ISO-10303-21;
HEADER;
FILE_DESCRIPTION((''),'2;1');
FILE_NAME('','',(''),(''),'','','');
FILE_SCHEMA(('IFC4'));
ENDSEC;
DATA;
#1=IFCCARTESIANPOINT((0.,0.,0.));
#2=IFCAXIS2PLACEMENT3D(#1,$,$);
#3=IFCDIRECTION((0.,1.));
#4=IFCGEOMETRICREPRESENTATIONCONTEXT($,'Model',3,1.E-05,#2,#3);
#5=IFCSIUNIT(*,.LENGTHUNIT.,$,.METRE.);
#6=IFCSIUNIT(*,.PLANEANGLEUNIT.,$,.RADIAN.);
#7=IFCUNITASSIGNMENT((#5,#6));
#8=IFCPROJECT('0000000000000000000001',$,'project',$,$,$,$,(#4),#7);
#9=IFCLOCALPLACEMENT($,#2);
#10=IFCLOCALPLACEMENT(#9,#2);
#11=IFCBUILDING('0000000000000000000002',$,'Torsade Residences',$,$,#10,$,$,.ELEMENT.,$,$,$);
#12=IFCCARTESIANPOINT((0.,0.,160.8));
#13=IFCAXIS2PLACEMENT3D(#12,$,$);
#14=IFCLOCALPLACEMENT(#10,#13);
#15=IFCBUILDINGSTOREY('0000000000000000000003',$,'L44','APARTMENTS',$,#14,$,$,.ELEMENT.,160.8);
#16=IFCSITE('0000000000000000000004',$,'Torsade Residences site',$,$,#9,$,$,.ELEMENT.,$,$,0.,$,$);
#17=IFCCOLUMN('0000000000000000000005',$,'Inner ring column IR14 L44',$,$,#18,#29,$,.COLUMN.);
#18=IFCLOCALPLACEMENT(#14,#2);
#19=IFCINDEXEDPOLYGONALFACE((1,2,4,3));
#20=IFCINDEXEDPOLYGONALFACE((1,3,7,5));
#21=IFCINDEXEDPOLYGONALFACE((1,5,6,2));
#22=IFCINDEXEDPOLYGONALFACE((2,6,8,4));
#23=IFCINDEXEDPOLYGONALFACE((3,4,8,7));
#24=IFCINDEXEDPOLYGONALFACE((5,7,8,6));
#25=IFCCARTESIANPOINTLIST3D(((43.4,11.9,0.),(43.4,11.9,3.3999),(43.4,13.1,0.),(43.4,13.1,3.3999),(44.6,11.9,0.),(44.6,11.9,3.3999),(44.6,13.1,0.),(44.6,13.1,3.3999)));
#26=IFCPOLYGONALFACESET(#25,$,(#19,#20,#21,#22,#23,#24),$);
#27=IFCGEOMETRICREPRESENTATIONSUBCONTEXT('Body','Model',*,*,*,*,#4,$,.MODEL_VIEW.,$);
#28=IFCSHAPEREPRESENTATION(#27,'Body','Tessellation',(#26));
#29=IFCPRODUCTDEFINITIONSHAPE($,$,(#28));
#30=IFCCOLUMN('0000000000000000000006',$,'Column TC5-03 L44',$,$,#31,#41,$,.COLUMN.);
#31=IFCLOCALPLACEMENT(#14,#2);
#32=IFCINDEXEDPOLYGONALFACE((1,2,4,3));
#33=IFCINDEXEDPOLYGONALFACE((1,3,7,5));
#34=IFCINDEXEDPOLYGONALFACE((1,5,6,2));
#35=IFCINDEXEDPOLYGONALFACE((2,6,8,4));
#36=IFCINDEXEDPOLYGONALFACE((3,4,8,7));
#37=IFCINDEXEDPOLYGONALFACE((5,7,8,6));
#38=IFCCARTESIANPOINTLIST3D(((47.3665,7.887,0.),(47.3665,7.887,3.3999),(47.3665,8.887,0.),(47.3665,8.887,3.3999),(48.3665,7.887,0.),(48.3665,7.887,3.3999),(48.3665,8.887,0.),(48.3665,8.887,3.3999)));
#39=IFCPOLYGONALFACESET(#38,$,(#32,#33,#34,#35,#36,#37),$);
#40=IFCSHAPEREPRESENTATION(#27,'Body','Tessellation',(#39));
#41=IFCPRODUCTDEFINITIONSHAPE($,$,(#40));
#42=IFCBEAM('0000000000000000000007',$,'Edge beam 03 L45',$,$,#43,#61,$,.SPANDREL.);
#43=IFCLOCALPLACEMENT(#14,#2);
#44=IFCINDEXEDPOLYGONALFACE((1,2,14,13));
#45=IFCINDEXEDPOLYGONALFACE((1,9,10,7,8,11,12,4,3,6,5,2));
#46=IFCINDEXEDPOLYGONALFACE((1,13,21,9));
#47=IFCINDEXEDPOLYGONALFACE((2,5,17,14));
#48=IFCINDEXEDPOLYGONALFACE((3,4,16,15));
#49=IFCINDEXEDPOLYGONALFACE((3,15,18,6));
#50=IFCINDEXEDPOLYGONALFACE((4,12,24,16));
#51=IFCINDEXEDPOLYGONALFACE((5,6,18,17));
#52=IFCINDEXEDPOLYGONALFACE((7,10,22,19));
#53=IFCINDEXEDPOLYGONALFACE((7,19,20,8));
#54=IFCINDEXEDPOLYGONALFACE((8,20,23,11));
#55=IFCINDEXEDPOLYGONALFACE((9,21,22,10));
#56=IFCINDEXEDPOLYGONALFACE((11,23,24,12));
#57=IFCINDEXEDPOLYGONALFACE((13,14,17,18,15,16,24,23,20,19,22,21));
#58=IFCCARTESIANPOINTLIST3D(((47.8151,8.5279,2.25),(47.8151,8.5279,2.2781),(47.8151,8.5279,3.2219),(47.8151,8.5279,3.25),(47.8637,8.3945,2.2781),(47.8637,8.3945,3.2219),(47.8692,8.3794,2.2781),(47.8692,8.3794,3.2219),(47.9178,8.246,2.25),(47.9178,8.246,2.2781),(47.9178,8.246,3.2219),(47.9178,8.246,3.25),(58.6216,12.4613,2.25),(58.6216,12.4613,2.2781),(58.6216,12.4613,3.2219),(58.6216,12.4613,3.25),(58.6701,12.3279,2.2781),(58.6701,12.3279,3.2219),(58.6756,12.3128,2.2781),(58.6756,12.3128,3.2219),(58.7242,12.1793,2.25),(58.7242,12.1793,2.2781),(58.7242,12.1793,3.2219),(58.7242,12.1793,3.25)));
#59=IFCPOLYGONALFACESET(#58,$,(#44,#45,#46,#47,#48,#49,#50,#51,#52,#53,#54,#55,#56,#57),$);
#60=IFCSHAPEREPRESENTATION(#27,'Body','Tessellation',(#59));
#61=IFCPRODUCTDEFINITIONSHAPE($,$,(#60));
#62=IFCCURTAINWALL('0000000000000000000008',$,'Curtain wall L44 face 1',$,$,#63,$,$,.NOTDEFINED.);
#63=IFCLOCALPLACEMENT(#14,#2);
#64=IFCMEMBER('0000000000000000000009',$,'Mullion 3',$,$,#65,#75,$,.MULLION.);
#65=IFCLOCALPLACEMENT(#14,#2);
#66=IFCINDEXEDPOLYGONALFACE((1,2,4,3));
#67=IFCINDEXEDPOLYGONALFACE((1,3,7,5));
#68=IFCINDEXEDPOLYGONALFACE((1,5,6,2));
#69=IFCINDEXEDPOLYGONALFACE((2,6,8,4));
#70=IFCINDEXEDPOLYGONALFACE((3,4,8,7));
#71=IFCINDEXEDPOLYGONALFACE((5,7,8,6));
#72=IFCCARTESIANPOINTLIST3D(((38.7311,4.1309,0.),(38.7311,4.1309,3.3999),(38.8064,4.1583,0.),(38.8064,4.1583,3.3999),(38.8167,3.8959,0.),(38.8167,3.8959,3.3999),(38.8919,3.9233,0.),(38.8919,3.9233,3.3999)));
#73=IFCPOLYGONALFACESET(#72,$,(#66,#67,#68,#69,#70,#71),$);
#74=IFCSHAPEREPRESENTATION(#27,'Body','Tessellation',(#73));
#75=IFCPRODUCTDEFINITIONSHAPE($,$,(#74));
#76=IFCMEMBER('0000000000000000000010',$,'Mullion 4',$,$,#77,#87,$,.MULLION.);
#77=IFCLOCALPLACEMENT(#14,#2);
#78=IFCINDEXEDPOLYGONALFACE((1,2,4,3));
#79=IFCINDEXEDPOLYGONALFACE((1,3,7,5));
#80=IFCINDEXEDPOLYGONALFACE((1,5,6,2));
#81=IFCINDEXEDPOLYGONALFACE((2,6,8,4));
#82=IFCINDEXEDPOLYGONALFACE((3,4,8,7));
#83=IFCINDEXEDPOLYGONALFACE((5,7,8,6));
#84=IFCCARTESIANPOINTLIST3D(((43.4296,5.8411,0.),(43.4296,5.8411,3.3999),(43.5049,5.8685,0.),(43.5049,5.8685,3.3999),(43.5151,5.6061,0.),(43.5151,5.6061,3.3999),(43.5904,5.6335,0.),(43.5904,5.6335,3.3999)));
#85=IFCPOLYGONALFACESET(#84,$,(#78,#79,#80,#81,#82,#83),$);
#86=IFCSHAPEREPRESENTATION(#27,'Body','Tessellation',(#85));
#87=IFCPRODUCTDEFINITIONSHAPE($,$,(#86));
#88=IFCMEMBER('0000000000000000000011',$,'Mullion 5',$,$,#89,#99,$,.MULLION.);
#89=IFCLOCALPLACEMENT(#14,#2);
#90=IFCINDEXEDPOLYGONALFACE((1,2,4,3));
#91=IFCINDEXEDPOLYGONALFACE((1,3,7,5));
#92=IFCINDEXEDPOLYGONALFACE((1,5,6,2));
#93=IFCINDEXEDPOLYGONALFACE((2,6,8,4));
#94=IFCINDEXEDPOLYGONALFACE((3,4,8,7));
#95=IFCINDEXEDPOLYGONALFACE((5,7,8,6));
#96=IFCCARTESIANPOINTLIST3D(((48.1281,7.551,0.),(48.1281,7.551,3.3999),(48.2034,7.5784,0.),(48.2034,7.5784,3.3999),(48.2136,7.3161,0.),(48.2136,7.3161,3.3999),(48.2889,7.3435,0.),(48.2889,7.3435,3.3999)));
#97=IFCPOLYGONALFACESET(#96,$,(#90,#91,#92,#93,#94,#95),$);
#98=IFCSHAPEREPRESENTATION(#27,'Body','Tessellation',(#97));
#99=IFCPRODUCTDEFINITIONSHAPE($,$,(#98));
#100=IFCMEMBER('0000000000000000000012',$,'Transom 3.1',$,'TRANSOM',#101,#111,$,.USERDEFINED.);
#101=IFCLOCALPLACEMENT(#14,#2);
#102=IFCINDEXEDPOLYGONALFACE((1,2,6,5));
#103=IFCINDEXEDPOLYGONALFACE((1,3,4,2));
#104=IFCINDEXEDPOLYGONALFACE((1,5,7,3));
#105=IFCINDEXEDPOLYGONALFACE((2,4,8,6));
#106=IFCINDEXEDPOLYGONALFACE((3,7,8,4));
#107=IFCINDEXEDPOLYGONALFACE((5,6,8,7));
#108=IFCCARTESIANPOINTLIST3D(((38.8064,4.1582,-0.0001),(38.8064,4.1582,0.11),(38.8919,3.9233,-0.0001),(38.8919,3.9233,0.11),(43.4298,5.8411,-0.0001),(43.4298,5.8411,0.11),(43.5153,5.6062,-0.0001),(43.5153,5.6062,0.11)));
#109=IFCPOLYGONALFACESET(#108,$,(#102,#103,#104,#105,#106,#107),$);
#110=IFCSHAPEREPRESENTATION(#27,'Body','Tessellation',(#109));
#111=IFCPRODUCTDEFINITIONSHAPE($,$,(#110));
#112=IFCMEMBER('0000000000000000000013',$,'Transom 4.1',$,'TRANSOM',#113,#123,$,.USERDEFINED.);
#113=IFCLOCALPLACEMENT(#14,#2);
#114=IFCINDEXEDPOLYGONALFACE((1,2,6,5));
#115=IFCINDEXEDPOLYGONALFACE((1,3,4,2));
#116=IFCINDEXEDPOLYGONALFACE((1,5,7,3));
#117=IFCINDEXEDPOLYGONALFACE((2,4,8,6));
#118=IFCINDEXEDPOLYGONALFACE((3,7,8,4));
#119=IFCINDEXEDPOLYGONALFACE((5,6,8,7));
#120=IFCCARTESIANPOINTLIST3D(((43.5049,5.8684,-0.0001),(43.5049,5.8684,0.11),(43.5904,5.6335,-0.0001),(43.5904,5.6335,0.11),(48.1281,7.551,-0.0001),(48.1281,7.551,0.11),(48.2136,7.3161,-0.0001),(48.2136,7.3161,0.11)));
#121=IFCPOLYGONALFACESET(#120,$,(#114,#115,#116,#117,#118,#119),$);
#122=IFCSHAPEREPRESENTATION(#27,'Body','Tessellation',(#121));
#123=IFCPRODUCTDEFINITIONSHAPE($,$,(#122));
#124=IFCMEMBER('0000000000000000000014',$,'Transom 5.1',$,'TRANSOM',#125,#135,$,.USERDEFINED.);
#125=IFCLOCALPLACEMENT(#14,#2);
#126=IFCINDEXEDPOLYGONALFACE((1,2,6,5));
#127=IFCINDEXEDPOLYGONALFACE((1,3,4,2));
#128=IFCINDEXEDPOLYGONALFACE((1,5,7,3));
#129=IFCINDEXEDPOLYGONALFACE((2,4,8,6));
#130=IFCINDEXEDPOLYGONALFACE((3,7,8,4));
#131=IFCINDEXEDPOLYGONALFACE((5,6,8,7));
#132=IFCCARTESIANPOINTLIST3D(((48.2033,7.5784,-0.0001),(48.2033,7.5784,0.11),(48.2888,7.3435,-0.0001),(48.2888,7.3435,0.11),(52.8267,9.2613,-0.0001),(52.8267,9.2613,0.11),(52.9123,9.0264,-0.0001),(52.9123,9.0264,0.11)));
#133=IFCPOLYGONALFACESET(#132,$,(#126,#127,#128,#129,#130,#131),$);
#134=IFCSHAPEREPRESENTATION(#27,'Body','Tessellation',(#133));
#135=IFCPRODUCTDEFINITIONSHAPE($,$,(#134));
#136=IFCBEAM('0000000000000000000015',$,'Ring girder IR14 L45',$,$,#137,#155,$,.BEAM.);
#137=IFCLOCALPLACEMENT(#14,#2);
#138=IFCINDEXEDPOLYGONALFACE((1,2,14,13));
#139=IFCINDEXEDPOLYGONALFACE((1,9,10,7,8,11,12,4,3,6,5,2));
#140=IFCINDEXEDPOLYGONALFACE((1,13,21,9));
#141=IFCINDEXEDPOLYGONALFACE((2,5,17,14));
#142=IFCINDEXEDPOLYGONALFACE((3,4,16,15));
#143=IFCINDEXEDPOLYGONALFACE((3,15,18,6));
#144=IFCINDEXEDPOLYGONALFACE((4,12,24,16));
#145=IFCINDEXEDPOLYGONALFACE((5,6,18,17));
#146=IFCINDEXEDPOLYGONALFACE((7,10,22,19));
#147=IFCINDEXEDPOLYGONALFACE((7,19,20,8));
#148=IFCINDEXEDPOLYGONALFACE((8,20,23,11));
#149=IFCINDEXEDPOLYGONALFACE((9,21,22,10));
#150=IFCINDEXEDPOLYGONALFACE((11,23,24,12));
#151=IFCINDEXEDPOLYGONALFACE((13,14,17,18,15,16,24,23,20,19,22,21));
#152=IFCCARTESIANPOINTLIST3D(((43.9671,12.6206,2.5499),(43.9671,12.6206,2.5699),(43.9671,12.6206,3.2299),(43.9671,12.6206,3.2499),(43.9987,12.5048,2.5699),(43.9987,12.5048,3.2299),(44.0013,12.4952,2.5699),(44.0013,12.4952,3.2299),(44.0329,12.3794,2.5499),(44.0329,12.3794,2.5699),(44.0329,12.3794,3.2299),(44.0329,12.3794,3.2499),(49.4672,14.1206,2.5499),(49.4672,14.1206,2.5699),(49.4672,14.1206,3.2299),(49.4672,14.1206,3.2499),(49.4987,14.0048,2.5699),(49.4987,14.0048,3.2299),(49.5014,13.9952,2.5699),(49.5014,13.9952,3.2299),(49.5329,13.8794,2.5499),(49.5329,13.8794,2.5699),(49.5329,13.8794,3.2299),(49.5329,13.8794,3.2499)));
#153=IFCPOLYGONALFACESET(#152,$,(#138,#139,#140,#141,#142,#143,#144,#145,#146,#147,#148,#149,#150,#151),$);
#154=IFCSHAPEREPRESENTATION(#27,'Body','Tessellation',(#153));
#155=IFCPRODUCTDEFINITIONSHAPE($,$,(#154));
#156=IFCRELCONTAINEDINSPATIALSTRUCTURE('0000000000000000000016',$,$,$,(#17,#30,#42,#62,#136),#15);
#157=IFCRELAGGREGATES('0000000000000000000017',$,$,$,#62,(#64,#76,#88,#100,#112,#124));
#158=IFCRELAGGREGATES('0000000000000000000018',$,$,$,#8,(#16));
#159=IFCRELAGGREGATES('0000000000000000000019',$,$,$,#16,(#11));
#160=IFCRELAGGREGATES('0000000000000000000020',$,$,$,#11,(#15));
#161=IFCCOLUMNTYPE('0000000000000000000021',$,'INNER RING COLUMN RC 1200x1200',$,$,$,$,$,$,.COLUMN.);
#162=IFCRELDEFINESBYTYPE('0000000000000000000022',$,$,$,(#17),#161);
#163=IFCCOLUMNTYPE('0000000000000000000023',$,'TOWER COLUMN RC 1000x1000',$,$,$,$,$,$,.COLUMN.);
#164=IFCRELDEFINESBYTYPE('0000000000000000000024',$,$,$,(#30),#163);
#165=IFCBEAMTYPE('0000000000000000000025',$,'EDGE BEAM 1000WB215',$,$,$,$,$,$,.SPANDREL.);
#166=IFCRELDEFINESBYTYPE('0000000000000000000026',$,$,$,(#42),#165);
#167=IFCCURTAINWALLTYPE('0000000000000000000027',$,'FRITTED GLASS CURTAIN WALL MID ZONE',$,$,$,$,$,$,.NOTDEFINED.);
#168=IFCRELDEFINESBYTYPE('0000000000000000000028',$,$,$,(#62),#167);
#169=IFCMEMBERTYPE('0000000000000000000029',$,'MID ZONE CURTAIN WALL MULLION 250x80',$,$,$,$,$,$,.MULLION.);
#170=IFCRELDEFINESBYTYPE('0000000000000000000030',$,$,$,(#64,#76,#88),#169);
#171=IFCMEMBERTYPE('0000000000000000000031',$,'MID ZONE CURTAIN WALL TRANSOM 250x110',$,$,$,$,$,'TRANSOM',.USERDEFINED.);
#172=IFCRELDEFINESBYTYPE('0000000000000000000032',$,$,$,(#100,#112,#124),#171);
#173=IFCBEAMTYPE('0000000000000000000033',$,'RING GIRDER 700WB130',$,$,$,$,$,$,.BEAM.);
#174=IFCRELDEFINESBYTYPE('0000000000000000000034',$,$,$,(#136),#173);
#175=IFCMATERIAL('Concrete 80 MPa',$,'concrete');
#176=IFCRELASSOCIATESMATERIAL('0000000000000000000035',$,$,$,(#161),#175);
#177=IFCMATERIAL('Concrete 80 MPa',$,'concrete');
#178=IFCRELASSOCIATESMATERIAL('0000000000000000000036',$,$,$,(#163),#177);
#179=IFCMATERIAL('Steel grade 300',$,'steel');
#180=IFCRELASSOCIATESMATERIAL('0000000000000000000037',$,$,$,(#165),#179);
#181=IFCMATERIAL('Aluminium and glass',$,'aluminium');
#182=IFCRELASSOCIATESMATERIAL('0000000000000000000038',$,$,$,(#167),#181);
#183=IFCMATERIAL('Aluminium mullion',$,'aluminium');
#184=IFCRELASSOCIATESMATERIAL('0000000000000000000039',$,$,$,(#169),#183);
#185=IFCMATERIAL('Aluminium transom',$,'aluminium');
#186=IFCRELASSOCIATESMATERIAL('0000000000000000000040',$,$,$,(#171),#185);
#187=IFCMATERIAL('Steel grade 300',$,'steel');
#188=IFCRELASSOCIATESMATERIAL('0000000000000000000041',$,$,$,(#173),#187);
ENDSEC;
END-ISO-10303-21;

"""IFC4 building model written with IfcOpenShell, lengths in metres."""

from ifc_helpers import new_model, si_unit, direction, frame, origin, origin_2d, place, context, subcontext, project, spatial, rectangle, i_section, extrude, material, material_profile, profile_set, type_object, element, aggregate, save


model = new_model("IFC4")

# Units and contexts
model_context = context("Model", 3, precision=1e-05, world=origin(), true_north=direction((0.0, 1.0)))
body_context = subcontext(model_context, "Body", "Model", "MODEL_VIEW")
ifc_project = project(units=[si_unit("LENGTHUNIT", "METRE"), si_unit("PLANEANGLEUNIT", "RADIAN")], contexts=[model_context])

# Site, building, storey
site_placement = place(None, origin())
site = spatial("IfcSite", under=ifc_project, at=site_placement, Name="Torsade Residences site", CompositionType="ELEMENT", RefElevation=0.0)
building_placement = place(site_placement, origin())
building = spatial("IfcBuilding", under=site, at=building_placement, Name="Torsade Residences", CompositionType="ELEMENT")
storey_placement = place(building_placement, frame((0.0, 0.0, 160.8)))
storey = spatial("IfcBuildingStorey", under=building, at=storey_placement, Name="L44", Description="APARTMENTS", CompositionType="ELEMENT", Elevation=160.8)

# Columns
ifc_material_1 = material(Name="Concrete 80 MPa", Category="concrete")
ifc_material_profile_1 = material_profile(ifc_material_1, rectangle(XDim=1.2, YDim=1.2, at=origin_2d()), Name="RC 1200x1200")
ifc_profile_set_1 = profile_set([ifc_material_profile_1], Name="Concrete 80 MPa")
column_type_1 = type_object("IfcColumnType", Name="INNER RING COLUMN RC 1200x1200", PredefinedType="COLUMN", material=ifc_profile_set_1)
column_1_placement = place(storey_placement, frame((44.0, 12.5, 0.0), z_axis=(0.0, 0.0, 1.0), x_axis=(1.0, 0.0, 0.0)))
element("IfcColumn", 1, at=column_1_placement, inside=storey, type_object=column_type_1, Name="Inner ring column IR14 L44", PredefinedType="COLUMN", context=body_context, shape_type="SweptSolid", body=[
    extrude(rectangle(XDim=1.2, YDim=1.2, at=origin_2d()), origin(), (0.0, 0.0, 1.0), 3.3999),
])
ifc_material_2 = material(Name="Concrete 80 MPa", Category="concrete")
ifc_material_profile_2 = material_profile(ifc_material_2, rectangle(XDim=1.0, YDim=1.0, at=origin_2d()), Name="RC 1000x1000")
ifc_profile_set_2 = profile_set([ifc_material_profile_2], Name="Concrete 80 MPa")
column_type_2 = type_object("IfcColumnType", Name="TOWER COLUMN RC 1000x1000", PredefinedType="COLUMN", material=ifc_profile_set_2)
column_2_placement = place(storey_placement, frame((47.8665, 8.387, 0.0), z_axis=(0.0, 0.0, 1.0), x_axis=(1.0, 0.0, 0.0)))
element("IfcColumn", 2, at=column_2_placement, inside=storey, type_object=column_type_2, Name="Column TC5-03 L44", PredefinedType="COLUMN", context=body_context, shape_type="SweptSolid", body=[
    extrude(rectangle(XDim=1.0, YDim=1.0, at=origin_2d()), origin(), (0.0, 0.0, 1.0), 3.3999),
])

# Beam
ifc_material_3 = material(Name="Steel grade 300", Category="steel")
ifc_material_profile_3 = material_profile(ifc_material_3, i_section(OverallWidth=0.3, OverallDepth=1.0, WebThickness=0.0161, FlangeThickness=0.0281, at=origin_2d()), Name="1000WB215")
ifc_profile_set_3 = profile_set([ifc_material_profile_3], Name="Steel grade 300")
beam_type_1 = type_object("IfcBeamType", Name="EDGE BEAM 1000WB215", PredefinedType="SPANDREL", material=ifc_profile_set_3)
beam_1_placement = place(storey_placement, frame((47.8665, 8.387, 2.75), z_axis=(0.939689, 0.342031, 0.0), x_axis=(-0.342031, 0.939689, 0.0)))
element("IfcBeam", 3, at=beam_1_placement, inside=storey, type_object=beam_type_1, Name="Edge beam 03 L45", PredefinedType="SPANDREL", context=body_context, shape_type="SweptSolid", body=[
    extrude(i_section(OverallWidth=0.3, OverallDepth=1.0, WebThickness=0.0161, FlangeThickness=0.0281, at=origin_2d()), origin(), (0.0, 0.0, 1.0), 11.5),
])

# Curtain wall, members
ifc_material_4 = material(Name="Aluminium and glass", Category="aluminium")
curtain_wall_type = type_object("IfcCurtainWallType", Name="FRITTED GLASS CURTAIN WALL MID ZONE", PredefinedType="NOTDEFINED", material=ifc_material_4)
curtain_wall_placement = place(storey_placement, origin())
curtain_wall = element("IfcCurtainWall", 4, at=curtain_wall_placement, inside=storey, type_object=curtain_wall_type, Name="Curtain wall L44 face 1", PredefinedType="NOTDEFINED")
ifc_material_5 = material(Name="Aluminium mullion", Category="aluminium")
ifc_material_profile_4 = material_profile(ifc_material_5, rectangle(XDim=0.25, YDim=0.0801, at=origin_2d()), Name="MID ZONE CURTAIN WALL MULLION 250x80")
ifc_profile_set_4 = profile_set([ifc_material_profile_4], Name="Aluminium mullion")
member_type_1 = type_object("IfcMemberType", Name="MID ZONE CURTAIN WALL MULLION 250x80", PredefinedType="MULLION", material=ifc_profile_set_4)
member_1_placement = place(storey_placement, frame((38.8115, 4.0271, 0.0), z_axis=(0.0, 0.0, 1.0), x_axis=(-0.34202, 0.939693, 0.0)))
member_1 = element("IfcMember", 5, at=member_1_placement, type_object=member_type_1, Name="Mullion 3", PredefinedType="MULLION", context=body_context, shape_type="SweptSolid", body=[
    extrude(rectangle(XDim=0.25, YDim=0.0801, at=origin_2d()), origin(), (0.0, 0.0, 1.0), 3.3999),
])
member_2_placement = place(storey_placement, frame((43.51, 5.7373, 0.0), z_axis=(0.0, 0.0, 1.0), x_axis=(-0.34202, 0.939693, 0.0)))
member_2 = element("IfcMember", 6, at=member_2_placement, type_object=member_type_1, Name="Mullion 4", PredefinedType="MULLION", context=body_context, shape_type="SweptSolid", body=[
    extrude(rectangle(XDim=0.25, YDim=0.0801, at=origin_2d()), origin(), (0.0, 0.0, 1.0), 3.3999),
])
member_3_placement = place(storey_placement, frame((48.2085, 7.4473, 0.0), z_axis=(0.0, 0.0, 1.0), x_axis=(-0.34202, 0.939693, 0.0)))
member_3 = element("IfcMember", 7, at=member_3_placement, type_object=member_type_1, Name="Mullion 5", PredefinedType="MULLION", context=body_context, shape_type="SweptSolid", body=[
    extrude(rectangle(XDim=0.25, YDim=0.0801, at=origin_2d()), origin(), (0.0, 0.0, 1.0), 3.3999),
])
ifc_material_6 = material(Name="Aluminium transom", Category="aluminium")
ifc_material_profile_5 = material_profile(ifc_material_6, rectangle(XDim=0.25, YDim=0.1101, at=origin_2d()), Name="MID ZONE CURTAIN WALL TRANSOM 250x110")
ifc_profile_set_5 = profile_set([ifc_material_profile_5], Name="Aluminium transom")
member_type_2 = type_object("IfcMemberType", Name="MID ZONE CURTAIN WALL TRANSOM 250x110", ElementType="TRANSOM", PredefinedType="USERDEFINED", material=ifc_profile_set_5)
member_4_placement = place(storey_placement, frame((38.8491, 4.0408, 0.0549), z_axis=(0.939685, 0.342042, 0.0), x_axis=(-0.342042, 0.939685, 0.0)))
member_4 = element("IfcMember", 8, at=member_4_placement, type_object=member_type_2, Name="Transom 3.1", ObjectType="TRANSOM", PredefinedType="USERDEFINED", context=body_context, shape_type="SweptSolid", body=[
    extrude(rectangle(XDim=0.25, YDim=0.1101, at=origin_2d()), origin(), (0.0, 0.0, 1.0), 4.9202),
])
member_5_placement = place(storey_placement, frame((43.5476, 5.751, 0.0549), z_axis=(0.939701, 0.341998, 0.0), x_axis=(-0.341998, 0.939701, 0.0)))
member_5 = element("IfcMember", 9, at=member_5_placement, type_object=member_type_2, Name="Transom 4.1", ObjectType="TRANSOM", PredefinedType="USERDEFINED", context=body_context, shape_type="SweptSolid", body=[
    extrude(rectangle(XDim=0.25, YDim=0.1101, at=origin_2d()), origin(), (0.0, 0.0, 1.0), 4.9199),
])
member_6_placement = place(storey_placement, frame((48.2461, 7.4609, 0.0549), z_axis=(0.939685, 0.342042, 0.0), x_axis=(-0.342042, 0.939685, 0.0)))
member_6 = element("IfcMember", 10, at=member_6_placement, type_object=member_type_2, Name="Transom 5.1", ObjectType="TRANSOM", PredefinedType="USERDEFINED", context=body_context, shape_type="SweptSolid", body=[
    extrude(rectangle(XDim=0.25, YDim=0.1101, at=origin_2d()), origin(), (0.0, 0.0, 1.0), 4.9202),
])

# Beam
ifc_material_7 = material(Name="Steel grade 300", Category="steel")
ifc_material_profile_6 = material_profile(ifc_material_7, i_section(OverallWidth=0.25, OverallDepth=0.7, WebThickness=0.01, FlangeThickness=0.02, at=origin_2d()), Name="700WB130")
ifc_profile_set_6 = profile_set([ifc_material_profile_6], Name="Steel grade 300")
beam_type_2 = type_object("IfcBeamType", Name="RING GIRDER 700WB130", PredefinedType="BEAM", material=ifc_profile_set_6)
beam_2_placement = place(storey_placement, frame((44.0, 12.5, 2.8999), z_axis=(0.964764, 0.263117, 0.0), x_axis=(-0.263117, 0.964764, 0.0)))
element("IfcBeam", 11, at=beam_2_placement, inside=storey, type_object=beam_type_2, Name="Ring girder IR14 L45", PredefinedType="BEAM", context=body_context, shape_type="SweptSolid", body=[
    extrude(i_section(OverallWidth=0.25, OverallDepth=0.7, WebThickness=0.01, FlangeThickness=0.02, at=origin_2d()), origin(), (0.0, 0.0, 1.0), 5.7009),
])

aggregate(curtain_wall, [member_1, member_2, member_3, member_4, member_5, member_6])

save(model, "model.ifc")
